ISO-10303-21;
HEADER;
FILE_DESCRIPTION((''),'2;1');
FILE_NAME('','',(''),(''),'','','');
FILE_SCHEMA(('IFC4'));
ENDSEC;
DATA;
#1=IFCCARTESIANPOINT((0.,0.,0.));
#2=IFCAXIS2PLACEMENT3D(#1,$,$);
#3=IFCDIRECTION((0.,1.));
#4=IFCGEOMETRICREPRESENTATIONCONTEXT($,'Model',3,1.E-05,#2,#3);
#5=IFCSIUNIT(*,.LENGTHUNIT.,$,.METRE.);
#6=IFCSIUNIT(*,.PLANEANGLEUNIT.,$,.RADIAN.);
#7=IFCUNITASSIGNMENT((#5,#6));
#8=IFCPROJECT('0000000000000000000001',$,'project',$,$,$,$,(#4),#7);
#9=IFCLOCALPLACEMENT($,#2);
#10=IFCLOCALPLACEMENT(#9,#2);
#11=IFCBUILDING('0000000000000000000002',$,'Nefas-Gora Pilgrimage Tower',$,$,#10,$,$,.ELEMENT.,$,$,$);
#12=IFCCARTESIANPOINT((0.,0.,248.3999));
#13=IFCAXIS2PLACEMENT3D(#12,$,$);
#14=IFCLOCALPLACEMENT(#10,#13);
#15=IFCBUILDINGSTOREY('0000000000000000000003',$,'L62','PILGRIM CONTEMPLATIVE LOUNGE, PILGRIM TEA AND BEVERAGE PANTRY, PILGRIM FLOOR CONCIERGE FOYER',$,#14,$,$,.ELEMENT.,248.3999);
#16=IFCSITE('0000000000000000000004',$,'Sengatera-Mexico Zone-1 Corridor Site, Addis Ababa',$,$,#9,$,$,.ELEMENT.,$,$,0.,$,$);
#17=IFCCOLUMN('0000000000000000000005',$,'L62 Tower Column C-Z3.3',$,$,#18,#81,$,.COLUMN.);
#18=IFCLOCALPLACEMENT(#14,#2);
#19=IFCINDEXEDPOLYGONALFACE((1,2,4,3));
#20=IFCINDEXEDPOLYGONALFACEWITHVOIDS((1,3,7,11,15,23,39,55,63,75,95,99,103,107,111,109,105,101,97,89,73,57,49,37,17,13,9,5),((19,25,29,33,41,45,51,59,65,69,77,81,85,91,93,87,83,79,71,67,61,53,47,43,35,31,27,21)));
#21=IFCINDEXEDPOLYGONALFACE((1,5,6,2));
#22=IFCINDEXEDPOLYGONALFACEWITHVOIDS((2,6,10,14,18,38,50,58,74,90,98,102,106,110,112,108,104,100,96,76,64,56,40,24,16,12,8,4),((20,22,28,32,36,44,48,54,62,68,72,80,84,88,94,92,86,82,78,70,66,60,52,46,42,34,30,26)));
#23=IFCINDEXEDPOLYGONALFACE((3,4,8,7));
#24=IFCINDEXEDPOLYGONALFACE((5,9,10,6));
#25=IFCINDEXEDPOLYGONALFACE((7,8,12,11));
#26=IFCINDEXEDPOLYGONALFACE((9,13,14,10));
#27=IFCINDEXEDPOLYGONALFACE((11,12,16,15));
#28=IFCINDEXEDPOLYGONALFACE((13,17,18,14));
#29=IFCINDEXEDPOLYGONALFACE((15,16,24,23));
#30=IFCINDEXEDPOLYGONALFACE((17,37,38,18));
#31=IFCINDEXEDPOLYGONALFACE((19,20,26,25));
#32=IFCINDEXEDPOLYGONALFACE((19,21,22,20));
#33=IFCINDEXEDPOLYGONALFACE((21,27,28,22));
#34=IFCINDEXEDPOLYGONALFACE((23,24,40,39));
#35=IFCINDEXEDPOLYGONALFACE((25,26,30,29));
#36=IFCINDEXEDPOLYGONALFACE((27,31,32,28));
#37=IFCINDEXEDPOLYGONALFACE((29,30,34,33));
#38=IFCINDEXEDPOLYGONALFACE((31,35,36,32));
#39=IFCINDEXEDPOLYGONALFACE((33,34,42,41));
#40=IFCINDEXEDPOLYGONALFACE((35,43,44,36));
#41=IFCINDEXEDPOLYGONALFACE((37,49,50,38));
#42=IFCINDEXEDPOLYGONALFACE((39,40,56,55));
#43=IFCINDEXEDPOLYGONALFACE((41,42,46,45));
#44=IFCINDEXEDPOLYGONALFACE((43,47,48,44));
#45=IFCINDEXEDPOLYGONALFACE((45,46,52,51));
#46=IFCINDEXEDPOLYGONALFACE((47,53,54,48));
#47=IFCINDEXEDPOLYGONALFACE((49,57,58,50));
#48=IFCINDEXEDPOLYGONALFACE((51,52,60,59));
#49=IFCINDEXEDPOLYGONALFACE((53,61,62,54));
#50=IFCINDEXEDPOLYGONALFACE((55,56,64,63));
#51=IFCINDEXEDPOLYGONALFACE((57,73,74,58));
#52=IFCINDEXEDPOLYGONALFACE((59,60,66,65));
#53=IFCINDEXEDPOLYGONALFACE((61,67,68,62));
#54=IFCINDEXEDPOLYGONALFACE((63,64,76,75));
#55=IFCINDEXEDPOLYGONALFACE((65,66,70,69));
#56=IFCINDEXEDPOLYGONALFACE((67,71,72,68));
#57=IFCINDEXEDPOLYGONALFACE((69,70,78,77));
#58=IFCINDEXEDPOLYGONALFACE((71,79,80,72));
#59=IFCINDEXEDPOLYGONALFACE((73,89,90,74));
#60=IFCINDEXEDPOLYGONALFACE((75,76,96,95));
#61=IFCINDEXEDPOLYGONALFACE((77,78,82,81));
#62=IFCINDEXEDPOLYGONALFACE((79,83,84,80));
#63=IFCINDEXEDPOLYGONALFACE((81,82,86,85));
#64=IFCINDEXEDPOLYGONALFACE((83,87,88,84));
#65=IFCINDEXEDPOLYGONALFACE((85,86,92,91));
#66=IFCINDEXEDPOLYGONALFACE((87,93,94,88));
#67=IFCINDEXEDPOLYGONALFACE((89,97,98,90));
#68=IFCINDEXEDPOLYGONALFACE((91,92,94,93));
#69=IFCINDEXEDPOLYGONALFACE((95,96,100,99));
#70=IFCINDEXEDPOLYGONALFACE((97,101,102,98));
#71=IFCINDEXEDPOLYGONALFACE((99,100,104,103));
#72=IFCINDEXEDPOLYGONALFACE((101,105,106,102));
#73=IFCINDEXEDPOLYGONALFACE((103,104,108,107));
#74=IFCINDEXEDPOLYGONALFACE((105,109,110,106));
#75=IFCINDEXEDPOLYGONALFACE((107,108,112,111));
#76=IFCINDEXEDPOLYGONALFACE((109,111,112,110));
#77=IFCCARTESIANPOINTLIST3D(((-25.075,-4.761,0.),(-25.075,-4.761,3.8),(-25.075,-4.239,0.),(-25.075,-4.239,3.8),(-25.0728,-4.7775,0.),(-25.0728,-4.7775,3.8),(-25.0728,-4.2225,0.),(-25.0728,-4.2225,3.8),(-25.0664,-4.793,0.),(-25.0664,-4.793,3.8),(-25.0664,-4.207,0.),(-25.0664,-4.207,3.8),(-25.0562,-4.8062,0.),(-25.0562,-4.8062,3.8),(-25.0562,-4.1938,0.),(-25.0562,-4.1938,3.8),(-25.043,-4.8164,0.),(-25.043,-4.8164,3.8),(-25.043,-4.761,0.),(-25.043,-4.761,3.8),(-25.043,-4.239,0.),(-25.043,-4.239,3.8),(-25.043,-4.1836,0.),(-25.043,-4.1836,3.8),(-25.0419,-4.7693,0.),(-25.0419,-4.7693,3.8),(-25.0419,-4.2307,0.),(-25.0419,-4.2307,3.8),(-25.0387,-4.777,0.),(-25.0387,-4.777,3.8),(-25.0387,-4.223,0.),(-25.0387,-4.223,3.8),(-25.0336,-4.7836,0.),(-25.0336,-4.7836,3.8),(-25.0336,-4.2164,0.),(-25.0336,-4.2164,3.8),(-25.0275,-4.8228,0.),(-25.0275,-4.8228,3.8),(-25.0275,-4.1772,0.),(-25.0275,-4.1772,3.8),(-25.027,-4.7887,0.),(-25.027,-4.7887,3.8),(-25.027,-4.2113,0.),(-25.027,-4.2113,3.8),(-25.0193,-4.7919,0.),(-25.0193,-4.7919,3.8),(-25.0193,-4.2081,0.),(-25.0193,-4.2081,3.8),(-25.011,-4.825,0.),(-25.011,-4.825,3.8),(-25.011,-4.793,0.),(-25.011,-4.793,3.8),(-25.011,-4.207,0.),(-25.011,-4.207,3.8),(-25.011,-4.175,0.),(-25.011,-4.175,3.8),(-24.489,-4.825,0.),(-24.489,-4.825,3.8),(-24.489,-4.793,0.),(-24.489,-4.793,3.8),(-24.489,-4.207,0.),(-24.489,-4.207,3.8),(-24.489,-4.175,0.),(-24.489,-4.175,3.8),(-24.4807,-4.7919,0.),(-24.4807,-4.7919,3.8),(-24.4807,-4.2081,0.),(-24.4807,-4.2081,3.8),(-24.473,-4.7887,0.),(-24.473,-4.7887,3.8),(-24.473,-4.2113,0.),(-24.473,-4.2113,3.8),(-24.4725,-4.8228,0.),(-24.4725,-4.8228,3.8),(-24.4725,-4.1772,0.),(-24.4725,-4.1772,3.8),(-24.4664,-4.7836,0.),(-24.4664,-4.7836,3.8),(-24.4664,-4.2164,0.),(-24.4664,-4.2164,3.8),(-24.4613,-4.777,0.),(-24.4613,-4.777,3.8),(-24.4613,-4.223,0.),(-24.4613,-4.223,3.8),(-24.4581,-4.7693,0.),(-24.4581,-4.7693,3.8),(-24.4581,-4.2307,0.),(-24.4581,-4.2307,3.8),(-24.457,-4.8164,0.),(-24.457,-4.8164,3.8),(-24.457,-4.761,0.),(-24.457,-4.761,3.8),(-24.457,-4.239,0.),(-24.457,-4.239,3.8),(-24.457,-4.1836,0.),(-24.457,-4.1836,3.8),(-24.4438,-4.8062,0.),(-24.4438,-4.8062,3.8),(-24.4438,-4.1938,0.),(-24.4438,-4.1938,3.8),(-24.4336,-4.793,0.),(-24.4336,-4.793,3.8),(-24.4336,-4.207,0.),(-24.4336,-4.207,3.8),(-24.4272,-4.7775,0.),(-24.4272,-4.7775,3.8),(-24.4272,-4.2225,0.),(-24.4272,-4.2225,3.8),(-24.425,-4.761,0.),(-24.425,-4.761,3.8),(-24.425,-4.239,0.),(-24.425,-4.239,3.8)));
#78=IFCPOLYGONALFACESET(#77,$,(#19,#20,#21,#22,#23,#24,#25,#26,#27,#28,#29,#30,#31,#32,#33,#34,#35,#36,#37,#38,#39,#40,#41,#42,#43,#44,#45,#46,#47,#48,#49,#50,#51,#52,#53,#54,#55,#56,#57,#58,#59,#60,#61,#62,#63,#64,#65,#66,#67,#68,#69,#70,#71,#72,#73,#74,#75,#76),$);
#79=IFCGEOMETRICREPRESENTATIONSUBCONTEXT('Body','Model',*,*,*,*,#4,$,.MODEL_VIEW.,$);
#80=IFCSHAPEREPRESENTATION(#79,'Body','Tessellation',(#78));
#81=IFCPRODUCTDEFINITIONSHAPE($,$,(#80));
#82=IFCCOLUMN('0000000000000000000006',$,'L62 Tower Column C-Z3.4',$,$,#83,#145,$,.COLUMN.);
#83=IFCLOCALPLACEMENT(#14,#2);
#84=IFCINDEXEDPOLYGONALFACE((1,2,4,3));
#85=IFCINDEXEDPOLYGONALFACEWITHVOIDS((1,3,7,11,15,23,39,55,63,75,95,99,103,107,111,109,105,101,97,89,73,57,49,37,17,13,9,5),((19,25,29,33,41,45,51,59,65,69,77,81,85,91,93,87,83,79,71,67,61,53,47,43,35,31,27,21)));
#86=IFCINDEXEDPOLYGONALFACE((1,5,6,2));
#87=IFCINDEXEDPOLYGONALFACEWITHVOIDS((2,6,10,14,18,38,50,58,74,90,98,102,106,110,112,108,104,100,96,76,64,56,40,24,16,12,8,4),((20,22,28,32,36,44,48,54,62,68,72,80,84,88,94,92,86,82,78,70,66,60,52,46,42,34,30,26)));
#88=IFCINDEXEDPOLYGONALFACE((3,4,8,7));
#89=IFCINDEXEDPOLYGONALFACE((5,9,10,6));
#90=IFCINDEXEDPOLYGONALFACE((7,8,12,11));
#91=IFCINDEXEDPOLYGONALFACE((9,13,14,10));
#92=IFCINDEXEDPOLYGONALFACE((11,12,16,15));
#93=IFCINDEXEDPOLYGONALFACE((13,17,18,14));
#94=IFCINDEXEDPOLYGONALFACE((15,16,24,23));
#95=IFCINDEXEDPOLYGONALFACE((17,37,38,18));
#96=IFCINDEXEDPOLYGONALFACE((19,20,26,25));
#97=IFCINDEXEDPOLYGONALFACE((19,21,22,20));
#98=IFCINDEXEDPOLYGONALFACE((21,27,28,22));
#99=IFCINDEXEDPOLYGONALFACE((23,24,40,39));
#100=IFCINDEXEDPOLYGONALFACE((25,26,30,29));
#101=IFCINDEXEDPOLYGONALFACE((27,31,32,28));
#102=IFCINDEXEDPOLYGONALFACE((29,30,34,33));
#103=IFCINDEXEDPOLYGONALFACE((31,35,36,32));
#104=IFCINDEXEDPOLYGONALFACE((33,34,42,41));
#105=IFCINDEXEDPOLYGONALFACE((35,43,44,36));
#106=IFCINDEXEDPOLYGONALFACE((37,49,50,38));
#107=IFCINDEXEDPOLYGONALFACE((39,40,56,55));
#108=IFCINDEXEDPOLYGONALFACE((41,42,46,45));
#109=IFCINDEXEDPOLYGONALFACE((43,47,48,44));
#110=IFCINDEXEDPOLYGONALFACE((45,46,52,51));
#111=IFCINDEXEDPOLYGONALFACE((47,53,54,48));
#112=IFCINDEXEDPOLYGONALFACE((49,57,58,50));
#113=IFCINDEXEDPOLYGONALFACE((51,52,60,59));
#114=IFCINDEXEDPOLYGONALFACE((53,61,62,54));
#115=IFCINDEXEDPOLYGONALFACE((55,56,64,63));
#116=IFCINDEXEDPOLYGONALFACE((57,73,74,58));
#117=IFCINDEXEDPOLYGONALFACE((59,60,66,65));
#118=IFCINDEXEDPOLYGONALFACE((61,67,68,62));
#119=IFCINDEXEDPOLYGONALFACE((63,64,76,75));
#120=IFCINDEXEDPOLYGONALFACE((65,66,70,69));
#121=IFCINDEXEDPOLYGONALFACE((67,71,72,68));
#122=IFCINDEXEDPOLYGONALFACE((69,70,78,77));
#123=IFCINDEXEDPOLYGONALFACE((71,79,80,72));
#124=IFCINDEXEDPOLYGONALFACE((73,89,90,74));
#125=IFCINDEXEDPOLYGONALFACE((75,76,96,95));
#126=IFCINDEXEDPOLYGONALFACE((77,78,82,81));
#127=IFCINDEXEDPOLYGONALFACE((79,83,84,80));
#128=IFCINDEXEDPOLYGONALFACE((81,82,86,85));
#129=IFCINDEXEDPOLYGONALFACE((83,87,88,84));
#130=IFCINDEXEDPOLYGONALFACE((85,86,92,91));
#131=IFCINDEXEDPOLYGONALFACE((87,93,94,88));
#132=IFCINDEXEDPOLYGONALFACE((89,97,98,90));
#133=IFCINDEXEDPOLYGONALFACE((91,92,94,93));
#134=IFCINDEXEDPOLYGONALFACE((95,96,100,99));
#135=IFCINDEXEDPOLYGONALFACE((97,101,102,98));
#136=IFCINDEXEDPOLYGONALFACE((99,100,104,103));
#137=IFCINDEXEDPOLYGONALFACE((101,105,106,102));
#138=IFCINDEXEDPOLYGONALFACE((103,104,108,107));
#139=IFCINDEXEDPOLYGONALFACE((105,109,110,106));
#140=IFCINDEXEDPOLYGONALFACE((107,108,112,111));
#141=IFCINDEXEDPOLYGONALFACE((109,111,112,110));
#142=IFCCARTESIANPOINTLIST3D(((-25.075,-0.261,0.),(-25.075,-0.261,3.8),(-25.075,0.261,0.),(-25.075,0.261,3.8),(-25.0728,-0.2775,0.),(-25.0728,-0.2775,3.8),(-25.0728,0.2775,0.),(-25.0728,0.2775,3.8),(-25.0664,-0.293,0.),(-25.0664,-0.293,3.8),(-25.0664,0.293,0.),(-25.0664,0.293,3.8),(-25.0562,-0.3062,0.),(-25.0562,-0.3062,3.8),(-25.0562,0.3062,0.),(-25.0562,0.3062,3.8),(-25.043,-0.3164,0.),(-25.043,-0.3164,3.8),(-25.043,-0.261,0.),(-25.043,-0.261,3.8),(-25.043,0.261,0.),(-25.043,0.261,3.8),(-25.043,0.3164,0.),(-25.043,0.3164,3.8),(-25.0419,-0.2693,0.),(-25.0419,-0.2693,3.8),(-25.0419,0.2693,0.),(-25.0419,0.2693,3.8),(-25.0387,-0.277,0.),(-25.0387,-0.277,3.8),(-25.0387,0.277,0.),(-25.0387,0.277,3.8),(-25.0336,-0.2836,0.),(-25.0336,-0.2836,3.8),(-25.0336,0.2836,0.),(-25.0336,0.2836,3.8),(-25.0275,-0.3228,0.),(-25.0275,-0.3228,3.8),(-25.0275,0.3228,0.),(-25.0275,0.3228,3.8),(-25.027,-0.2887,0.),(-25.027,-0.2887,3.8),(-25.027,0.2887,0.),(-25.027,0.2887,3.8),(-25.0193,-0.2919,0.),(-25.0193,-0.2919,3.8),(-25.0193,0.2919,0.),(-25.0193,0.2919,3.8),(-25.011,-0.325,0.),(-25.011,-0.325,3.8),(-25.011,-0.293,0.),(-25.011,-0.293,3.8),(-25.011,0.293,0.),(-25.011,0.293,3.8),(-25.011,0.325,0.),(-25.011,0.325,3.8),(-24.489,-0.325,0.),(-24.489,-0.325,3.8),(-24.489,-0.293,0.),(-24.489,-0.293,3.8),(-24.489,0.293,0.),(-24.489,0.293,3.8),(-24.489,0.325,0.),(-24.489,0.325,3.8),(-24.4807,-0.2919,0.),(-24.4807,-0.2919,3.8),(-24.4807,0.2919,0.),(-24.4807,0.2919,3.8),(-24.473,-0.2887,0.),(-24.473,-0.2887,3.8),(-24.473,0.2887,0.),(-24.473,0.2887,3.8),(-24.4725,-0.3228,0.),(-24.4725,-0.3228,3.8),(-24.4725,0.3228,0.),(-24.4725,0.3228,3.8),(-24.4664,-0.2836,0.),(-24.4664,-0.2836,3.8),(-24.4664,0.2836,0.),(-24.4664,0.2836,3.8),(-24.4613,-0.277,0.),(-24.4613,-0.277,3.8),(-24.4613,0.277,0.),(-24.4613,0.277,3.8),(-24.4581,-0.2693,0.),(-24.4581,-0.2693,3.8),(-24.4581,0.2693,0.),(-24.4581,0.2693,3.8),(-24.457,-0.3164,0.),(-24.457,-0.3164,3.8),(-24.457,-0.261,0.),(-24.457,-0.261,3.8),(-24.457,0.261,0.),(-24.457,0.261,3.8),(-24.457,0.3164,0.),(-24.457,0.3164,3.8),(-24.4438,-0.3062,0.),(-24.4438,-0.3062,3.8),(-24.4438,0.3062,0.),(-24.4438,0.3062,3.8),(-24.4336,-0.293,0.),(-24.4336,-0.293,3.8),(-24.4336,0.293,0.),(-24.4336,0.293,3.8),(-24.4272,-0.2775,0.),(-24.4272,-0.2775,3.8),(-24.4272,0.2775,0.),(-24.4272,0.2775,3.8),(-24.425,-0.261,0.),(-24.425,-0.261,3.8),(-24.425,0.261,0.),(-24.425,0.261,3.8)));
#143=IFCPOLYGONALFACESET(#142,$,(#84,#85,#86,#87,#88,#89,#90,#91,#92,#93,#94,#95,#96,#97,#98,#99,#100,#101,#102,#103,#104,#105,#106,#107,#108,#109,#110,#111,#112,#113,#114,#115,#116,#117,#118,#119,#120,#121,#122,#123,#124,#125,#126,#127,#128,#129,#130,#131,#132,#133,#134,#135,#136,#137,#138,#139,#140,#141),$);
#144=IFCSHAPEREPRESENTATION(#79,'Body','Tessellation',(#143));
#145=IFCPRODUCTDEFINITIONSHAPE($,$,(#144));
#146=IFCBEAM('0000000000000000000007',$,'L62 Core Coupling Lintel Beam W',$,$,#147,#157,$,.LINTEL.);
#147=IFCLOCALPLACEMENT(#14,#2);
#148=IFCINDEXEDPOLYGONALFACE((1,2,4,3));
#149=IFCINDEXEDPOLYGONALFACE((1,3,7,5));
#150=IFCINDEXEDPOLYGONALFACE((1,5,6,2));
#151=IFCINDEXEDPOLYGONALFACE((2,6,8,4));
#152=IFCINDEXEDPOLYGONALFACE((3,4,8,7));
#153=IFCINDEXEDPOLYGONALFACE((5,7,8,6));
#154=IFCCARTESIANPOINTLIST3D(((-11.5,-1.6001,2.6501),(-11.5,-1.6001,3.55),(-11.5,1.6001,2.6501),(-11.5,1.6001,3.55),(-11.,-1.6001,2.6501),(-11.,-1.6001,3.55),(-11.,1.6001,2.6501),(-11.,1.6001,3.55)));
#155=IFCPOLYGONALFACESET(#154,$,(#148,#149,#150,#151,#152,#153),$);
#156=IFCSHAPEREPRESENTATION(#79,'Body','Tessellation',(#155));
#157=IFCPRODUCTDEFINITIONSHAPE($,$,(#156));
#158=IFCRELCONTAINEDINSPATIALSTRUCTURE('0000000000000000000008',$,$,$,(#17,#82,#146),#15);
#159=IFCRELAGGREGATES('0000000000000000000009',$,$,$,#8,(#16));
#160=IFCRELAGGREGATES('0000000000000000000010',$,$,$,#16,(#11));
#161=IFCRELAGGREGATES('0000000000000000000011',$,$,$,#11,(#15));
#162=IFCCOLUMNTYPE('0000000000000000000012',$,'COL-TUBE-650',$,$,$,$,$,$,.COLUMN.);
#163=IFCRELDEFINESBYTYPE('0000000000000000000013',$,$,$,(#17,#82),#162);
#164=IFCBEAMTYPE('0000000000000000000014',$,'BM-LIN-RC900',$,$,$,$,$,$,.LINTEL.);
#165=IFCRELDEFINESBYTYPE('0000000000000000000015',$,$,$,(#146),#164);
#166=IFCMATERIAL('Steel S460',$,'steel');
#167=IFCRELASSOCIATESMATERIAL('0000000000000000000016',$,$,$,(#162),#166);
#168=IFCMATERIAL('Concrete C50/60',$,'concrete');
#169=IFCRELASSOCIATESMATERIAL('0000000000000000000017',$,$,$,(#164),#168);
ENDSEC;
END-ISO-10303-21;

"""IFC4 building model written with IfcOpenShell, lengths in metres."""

from ifc_helpers import new_model, si_unit, direction, frame, origin, origin_2d, place, context, subcontext, project, spatial, rectangle, hollow_rectangle, extrude, source, transform, mapped, material, material_profile, profile_set, type_object, element, save


model = new_model("IFC4")

# Units and contexts
model_context = context("Model", 3, precision=1e-05, world=origin(), true_north=direction((0.0, 1.0)))
body_context = subcontext(model_context, "Body", "Model", "MODEL_VIEW")
ifc_project = project(units=[si_unit("LENGTHUNIT", "METRE"), si_unit("PLANEANGLEUNIT", "RADIAN")], contexts=[model_context])

# Site, building, storey
site_placement = place(None, origin())
site = spatial("IfcSite", under=ifc_project, at=site_placement, Name="Sengatera-Mexico Zone-1 Corridor Site, Addis Ababa", CompositionType="ELEMENT", RefElevation=0.0)
building_placement = place(site_placement, origin())
building = spatial("IfcBuilding", under=site, at=building_placement, Name="Nefas-Gora Pilgrimage Tower", CompositionType="ELEMENT")
storey_placement = place(building_placement, frame((0.0, 0.0, 248.3999)))
storey = spatial("IfcBuildingStorey", under=building, at=storey_placement, Name="L62", Description="PILGRIM CONTEMPLATIVE LOUNGE, PILGRIM TEA AND BEVERAGE PANTRY, PILGRIM FLOOR CONCIERGE FOYER", CompositionType="ELEMENT", Elevation=248.3999)

# Columns
ifc_material_1 = material(Name="Steel S460", Category="steel")
ifc_material_profile_1 = material_profile(ifc_material_1, hollow_rectangle(XDim=0.6499, YDim=0.6499, WallThickness=0.032, InnerFilletRadius=0.032, OuterFilletRadius=0.064, at=origin_2d()), Name="BOX 650x650x32")
ifc_profile_set_1 = profile_set([ifc_material_profile_1], Name="Steel S460")
column_type_1 = type_object("IfcColumnType", Name="COL-TUBE-650", PredefinedType="COLUMN", material=ifc_profile_set_1)
shared_shape_1 = source(origin(), body_context, "Body", "SweptSolid", [
    extrude(hollow_rectangle(XDim=0.6499, YDim=0.6499, WallThickness=0.032, InnerFilletRadius=0.032, OuterFilletRadius=0.064, at=origin_2d()), origin(), (0.0, 0.0, 1.0), 3.8),
])
for number, where, z_axis, x_axis, name in (
    (1, (-24.75, -4.5, 0.0), (0.0, 0.0, 1.0), (1.0, 0.0, 0.0), "L62 Tower Column C-Z3.3"),
    (2, (-24.75, 0.0, 0.0), (0.0, 0.0, 1.0), (1.0, 0.0, 0.0), "L62 Tower Column C-Z3.4"),
):
    element("IfcColumn", number, at=place(storey_placement, frame(where, z_axis=z_axis, x_axis=x_axis)), inside=storey, type_object=column_type_1, Name=name, PredefinedType="COLUMN", context=body_context, shape_type="MappedRepresentation", body=[
        mapped(shared_shape_1, transform((0.0, 0.0, 0.0), x_axis=(1.0, 0.0, 0.0), y_axis=(0.0, 1.0, 0.0), z_axis=(0.0, 0.0, 1.0), scale=1.0)),
    ])

# Beam
ifc_material_2 = material(Name="Concrete C50/60", Category="concrete")
ifc_material_profile_2 = material_profile(ifc_material_2, rectangle(XDim=0.5, YDim=0.8999, at=origin_2d()), Name="RC 500x900")
ifc_profile_set_2 = profile_set([ifc_material_profile_2], Name="Concrete C50/60")
beam_type_1 = type_object("IfcBeamType", Name="BM-LIN-RC900", PredefinedType="LINTEL", material=ifc_profile_set_2)
shared_shape_2 = source(origin(), body_context, "Body", "SweptSolid", [
    extrude(rectangle(XDim=0.5, YDim=0.8999, at=origin_2d()), origin(), (0.0, 0.0, 1.0), 3.2002),
])
beam_placement = place(storey_placement, frame((-11.25, -1.6001, 3.1001), z_axis=(0.0, 1.0, 0.0), x_axis=(-1.0, 0.0, 0.0)))
element("IfcBeam", 3, at=beam_placement, inside=storey, type_object=beam_type_1, Name="L62 Core Coupling Lintel Beam W", PredefinedType="LINTEL", context=body_context, shape_type="MappedRepresentation", body=[
    mapped(shared_shape_2, transform((0.0, 0.0, 0.0), x_axis=(1.0, 0.0, 0.0), y_axis=(0.0, 1.0, 0.0), z_axis=(0.0, 0.0, 1.0), scale=1.0)),
])

save(model, "model.ifc")
